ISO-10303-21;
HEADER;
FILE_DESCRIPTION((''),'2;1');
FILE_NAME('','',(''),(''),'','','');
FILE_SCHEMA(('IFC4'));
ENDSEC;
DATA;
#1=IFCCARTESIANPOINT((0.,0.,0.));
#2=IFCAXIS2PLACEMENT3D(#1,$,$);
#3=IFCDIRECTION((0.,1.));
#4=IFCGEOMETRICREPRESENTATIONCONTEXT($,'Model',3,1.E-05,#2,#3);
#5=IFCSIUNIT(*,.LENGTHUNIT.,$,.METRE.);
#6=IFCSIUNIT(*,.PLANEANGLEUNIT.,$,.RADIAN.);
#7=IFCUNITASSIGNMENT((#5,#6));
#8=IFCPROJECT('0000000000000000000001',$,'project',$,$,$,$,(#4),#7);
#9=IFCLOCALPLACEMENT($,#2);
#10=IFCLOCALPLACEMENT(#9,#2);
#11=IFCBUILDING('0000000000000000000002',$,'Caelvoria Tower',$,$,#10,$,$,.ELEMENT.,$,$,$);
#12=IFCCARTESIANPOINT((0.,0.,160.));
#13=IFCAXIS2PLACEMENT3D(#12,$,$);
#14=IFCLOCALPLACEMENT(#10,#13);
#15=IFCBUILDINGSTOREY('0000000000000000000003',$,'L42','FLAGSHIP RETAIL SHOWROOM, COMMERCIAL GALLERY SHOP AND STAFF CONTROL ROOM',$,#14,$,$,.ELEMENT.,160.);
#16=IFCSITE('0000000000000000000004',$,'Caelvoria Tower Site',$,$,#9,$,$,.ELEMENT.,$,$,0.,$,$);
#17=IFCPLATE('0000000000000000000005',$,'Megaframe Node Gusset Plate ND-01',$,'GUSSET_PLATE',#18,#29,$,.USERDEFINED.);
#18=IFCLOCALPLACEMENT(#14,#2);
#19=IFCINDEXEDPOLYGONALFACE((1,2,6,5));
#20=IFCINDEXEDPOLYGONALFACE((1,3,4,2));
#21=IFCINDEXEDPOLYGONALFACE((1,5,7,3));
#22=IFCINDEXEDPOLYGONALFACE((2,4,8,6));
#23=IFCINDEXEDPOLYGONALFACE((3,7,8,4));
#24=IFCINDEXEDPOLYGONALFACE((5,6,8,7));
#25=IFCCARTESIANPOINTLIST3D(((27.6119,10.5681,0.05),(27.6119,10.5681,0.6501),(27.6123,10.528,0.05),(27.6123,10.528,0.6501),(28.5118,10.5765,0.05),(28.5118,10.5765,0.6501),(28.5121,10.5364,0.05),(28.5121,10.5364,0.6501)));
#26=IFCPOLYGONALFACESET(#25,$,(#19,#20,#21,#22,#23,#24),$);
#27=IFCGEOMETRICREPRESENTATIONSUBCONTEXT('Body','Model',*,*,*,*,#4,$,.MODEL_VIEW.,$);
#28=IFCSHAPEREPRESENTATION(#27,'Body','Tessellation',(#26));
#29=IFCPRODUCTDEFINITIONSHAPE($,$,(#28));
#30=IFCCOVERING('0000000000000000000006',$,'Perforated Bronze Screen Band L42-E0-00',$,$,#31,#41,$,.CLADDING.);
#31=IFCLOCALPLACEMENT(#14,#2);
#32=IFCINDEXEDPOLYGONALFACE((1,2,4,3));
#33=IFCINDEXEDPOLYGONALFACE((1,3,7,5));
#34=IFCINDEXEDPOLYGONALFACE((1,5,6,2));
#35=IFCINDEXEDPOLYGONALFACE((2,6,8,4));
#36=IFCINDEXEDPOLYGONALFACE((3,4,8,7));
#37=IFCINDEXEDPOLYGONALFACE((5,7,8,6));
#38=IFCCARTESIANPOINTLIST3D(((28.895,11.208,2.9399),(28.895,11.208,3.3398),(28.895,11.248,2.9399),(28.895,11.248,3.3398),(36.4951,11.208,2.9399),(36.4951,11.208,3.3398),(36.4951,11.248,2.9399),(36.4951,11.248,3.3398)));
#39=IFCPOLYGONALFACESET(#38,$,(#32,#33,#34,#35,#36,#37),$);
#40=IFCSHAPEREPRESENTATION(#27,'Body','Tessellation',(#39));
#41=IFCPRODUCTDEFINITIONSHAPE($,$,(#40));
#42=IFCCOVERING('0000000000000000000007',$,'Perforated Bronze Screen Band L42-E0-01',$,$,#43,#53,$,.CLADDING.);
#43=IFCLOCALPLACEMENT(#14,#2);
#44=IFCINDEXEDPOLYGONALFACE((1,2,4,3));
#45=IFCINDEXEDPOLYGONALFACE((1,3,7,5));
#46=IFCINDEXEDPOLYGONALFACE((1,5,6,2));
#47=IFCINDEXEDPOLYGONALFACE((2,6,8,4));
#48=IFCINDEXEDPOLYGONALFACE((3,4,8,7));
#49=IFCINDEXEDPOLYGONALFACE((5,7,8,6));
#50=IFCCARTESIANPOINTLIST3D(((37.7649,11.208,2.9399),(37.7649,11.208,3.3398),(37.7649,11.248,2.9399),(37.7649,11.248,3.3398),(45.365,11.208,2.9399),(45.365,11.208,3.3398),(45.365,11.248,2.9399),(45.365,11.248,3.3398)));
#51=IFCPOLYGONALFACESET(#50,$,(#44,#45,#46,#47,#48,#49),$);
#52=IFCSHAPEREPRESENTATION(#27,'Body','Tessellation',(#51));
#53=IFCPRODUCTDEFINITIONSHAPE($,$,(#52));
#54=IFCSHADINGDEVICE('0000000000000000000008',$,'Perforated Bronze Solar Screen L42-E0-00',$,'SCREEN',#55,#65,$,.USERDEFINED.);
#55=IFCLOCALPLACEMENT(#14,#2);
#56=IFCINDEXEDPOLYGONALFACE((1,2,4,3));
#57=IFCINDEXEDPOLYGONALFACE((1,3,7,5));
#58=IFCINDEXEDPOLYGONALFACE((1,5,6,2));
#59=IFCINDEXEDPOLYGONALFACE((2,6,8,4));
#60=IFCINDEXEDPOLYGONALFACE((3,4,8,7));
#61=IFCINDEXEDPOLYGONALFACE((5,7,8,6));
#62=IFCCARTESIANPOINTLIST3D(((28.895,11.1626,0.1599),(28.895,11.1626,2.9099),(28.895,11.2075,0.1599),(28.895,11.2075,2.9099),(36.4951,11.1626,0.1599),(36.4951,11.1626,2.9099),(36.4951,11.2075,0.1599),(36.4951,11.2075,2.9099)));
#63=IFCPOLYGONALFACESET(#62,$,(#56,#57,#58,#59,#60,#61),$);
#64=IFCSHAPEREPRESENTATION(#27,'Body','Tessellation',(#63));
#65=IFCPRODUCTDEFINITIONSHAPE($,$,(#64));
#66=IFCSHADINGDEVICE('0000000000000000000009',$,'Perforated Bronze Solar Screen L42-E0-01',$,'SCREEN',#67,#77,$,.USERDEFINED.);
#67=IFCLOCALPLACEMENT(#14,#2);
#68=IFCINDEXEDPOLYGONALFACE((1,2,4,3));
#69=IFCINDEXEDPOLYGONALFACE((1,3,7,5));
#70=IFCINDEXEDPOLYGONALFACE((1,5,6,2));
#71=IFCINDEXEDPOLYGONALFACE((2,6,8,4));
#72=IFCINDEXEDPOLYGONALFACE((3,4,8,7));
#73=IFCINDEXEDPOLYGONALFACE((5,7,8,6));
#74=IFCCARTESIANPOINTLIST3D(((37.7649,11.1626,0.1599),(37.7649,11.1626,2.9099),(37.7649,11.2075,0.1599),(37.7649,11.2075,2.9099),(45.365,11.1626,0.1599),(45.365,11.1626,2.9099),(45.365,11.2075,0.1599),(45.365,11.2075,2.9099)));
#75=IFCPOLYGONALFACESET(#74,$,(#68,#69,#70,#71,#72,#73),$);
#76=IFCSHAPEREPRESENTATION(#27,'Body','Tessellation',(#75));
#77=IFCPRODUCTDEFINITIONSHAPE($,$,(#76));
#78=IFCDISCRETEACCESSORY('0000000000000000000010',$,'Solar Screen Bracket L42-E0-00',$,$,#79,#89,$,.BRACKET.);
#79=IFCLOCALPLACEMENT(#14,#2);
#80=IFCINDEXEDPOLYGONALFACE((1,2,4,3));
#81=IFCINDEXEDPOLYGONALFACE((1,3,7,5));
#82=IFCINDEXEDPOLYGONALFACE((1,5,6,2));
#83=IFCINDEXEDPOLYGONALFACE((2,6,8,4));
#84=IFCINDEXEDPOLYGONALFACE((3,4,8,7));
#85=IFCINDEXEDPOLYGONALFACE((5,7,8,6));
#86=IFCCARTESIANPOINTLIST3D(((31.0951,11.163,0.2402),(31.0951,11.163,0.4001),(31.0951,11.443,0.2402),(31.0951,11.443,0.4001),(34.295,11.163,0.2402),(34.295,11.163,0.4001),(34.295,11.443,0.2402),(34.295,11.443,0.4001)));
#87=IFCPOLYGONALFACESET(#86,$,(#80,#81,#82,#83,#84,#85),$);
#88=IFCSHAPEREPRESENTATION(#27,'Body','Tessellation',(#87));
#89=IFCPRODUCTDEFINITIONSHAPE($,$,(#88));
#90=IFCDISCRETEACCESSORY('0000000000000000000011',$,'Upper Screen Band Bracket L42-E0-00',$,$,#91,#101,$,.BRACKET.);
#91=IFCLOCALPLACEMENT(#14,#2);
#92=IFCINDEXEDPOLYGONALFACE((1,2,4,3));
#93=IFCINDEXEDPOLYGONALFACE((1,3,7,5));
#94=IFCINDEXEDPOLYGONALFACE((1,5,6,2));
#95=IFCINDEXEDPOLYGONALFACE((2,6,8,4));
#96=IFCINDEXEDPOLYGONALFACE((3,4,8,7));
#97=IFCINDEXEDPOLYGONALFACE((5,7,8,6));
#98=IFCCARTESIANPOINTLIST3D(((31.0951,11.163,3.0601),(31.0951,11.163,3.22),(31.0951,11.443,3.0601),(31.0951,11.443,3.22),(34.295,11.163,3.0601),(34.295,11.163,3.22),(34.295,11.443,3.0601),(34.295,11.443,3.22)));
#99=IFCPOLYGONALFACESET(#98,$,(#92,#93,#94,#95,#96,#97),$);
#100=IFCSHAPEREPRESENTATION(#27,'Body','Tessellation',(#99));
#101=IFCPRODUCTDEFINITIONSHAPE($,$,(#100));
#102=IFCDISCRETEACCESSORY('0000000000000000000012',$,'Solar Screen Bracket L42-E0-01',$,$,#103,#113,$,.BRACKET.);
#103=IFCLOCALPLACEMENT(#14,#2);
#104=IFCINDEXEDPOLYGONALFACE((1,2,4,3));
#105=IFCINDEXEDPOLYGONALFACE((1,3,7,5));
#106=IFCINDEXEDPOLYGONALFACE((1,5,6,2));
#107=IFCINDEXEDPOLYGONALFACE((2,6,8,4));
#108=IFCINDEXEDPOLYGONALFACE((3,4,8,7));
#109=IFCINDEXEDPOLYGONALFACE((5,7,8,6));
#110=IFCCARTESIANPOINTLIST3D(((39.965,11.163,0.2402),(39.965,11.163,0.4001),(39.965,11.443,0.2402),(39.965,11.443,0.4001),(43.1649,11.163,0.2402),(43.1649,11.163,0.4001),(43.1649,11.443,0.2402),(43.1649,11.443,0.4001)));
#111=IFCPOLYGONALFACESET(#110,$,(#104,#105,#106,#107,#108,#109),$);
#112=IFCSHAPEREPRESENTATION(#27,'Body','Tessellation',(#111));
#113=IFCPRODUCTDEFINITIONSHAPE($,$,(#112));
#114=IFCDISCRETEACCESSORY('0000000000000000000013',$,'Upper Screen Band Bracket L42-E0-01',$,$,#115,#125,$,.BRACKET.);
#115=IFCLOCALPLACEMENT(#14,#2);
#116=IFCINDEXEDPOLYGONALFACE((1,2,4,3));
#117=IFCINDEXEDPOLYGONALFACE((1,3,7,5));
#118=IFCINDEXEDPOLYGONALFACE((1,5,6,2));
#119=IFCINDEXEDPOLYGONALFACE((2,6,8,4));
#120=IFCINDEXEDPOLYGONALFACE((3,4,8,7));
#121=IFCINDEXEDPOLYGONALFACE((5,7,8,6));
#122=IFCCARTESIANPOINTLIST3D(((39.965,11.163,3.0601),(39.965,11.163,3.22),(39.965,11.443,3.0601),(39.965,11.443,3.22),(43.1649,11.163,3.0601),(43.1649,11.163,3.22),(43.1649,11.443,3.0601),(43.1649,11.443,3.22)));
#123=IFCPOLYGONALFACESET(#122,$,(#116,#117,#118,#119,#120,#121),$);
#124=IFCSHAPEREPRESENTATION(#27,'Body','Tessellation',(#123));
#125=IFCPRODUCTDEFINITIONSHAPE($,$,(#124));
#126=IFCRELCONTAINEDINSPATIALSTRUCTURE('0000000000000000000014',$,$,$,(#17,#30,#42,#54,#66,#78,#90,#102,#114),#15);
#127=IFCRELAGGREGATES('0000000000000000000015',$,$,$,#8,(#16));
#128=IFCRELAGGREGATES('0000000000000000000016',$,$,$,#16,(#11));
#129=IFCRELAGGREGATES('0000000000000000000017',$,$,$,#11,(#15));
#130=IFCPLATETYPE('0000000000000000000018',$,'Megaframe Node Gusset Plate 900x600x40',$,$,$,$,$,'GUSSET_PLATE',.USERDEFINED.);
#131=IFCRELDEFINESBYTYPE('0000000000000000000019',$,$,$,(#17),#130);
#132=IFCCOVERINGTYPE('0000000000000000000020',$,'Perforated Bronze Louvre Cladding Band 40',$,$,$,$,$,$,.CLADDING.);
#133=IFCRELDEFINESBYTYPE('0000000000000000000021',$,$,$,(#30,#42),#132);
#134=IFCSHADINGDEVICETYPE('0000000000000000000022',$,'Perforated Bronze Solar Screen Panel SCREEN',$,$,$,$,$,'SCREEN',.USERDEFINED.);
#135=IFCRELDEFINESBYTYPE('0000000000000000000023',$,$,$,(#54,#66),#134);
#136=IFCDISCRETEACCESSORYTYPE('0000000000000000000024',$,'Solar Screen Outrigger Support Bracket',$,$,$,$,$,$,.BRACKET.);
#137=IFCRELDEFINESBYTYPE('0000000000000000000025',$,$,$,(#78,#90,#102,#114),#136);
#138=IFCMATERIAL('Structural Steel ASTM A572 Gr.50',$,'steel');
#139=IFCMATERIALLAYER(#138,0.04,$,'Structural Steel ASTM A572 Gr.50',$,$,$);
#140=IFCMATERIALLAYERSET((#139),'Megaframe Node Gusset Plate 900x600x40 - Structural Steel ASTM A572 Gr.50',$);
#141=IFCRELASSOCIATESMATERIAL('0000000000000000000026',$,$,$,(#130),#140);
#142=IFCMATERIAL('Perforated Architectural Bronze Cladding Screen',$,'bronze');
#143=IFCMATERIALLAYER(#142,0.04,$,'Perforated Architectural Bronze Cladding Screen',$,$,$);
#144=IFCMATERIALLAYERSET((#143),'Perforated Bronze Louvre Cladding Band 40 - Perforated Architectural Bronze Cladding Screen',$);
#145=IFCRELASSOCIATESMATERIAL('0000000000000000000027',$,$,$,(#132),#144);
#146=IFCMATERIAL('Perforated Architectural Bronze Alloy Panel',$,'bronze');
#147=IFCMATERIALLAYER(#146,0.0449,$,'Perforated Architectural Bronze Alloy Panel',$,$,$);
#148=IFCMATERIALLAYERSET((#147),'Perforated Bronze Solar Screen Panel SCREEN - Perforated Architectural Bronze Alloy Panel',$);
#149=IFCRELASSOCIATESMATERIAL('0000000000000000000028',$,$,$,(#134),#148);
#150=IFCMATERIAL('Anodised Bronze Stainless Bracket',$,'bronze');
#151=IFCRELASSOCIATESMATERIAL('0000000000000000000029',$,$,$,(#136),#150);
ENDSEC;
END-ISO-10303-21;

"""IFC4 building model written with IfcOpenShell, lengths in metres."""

from ifc_helpers import new_model, si_unit, direction, frame, origin, origin_2d, place, context, subcontext, project, spatial, rectangle, extrude, material, layer, layer_set, type_object, element, save


model = new_model("IFC4")

# Units and contexts
model_context = context("Model", 3, precision=1e-05, world=origin(), true_north=direction((0.0, 1.0)))
body_context = subcontext(model_context, "Body", "Model", "MODEL_VIEW")
ifc_project = project(units=[si_unit("LENGTHUNIT", "METRE"), si_unit("PLANEANGLEUNIT", "RADIAN")], contexts=[model_context])

# Site, building, storey
site_placement = place(None, origin())
site = spatial("IfcSite", under=ifc_project, at=site_placement, Name="Caelvoria Tower Site", CompositionType="ELEMENT", RefElevation=0.0)
building_placement = place(site_placement, origin())
building = spatial("IfcBuilding", under=site, at=building_placement, Name="Caelvoria Tower", CompositionType="ELEMENT")
storey_placement = place(building_placement, frame((0.0, 0.0, 160.0)))
storey = spatial("IfcBuildingStorey", under=building, at=storey_placement, Name="L42", Description="FLAGSHIP RETAIL SHOWROOM, COMMERCIAL GALLERY SHOP AND STAFF CONTROL ROOM", CompositionType="ELEMENT", Elevation=160.0)

# Shared definitions
ifc_material_1 = material(Name="Structural Steel ASTM A572 Gr.50", Category="steel")

# Plate
ifc_layer_1 = layer(ifc_material_1, 0.04, Name="Structural Steel ASTM A572 Gr.50")
ifc_layer_set_1 = layer_set([ifc_layer_1], Name="Megaframe Node Gusset Plate 900x600x40 - Structural Steel ASTM A572 Gr.50")
plate_type = type_object("IfcPlateType", Name="Megaframe Node Gusset Plate 900x600x40", ElementType="GUSSET_PLATE", PredefinedType="USERDEFINED", material=ifc_layer_set_1)
plate_placement = place(storey_placement, frame((28.062, 10.5522, 0.05), z_axis=(0.0, 0.0, 1.0), x_axis=(0.999956, 0.009348, 0.0)))
element("IfcPlate", 1, at=plate_placement, inside=storey, type_object=plate_type, Name="Megaframe Node Gusset Plate ND-01", ObjectType="GUSSET_PLATE", PredefinedType="USERDEFINED", context=body_context, shape_type="SweptSolid", body=[
    extrude(rectangle(XDim=0.8999, YDim=0.04, at=origin_2d()), origin(), (0.0, 0.0, 1.0), 0.6001),
])

# Coverings
ifc_material_2 = material(Name="Perforated Architectural Bronze Cladding Screen", Category="bronze")
ifc_layer_2 = layer(ifc_material_2, 0.04, Name="Perforated Architectural Bronze Cladding Screen")
ifc_layer_set_2 = layer_set([ifc_layer_2], Name="Perforated Bronze Louvre Cladding Band 40 - Perforated Architectural Bronze Cladding Screen")
covering_type = type_object("IfcCoveringType", Name="Perforated Bronze Louvre Cladding Band 40", PredefinedType="CLADDING", material=ifc_layer_set_2)
for number, where, z_axis, x_axis, name in (
    (2, (32.6951, 11.228, 2.9399), (0.0, 0.0, 1.0), (1.0, 0.0, 0.0), "Perforated Bronze Screen Band L42-E0-00"),
    (3, (41.5649, 11.228, 2.9399), (0.0, 0.0, 1.0), (1.0, 0.0, 0.0), "Perforated Bronze Screen Band L42-E0-01"),
):
    element("IfcCovering", number, at=place(storey_placement, frame(where, z_axis=z_axis, x_axis=x_axis)), inside=storey, type_object=covering_type, Name=name, PredefinedType="CLADDING", context=body_context, shape_type="SweptSolid", body=[
        extrude(rectangle(XDim=7.6001, YDim=0.04, at=origin_2d()), origin(), (0.0, 0.0, 1.0), 0.3999),
    ])

# Shading devices
ifc_material_3 = material(Name="Perforated Architectural Bronze Alloy Panel", Category="bronze")
ifc_layer_3 = layer(ifc_material_3, 0.0449, Name="Perforated Architectural Bronze Alloy Panel")
ifc_layer_set_3 = layer_set([ifc_layer_3], Name="Perforated Bronze Solar Screen Panel SCREEN - Perforated Architectural Bronze Alloy Panel")
shading_device_type = type_object("IfcShadingDeviceType", Name="Perforated Bronze Solar Screen Panel SCREEN", ElementType="SCREEN", PredefinedType="USERDEFINED", material=ifc_layer_set_3)
for number, where, z_axis, x_axis, name in (
    (4, (32.6951, 11.1851, 0.1599), (0.0, 0.0, 1.0), (1.0, 0.0, 0.0), "Perforated Bronze Solar Screen L42-E0-00"),
    (5, (41.5649, 11.1851, 0.1599), (0.0, 0.0, 1.0), (1.0, 0.0, 0.0), "Perforated Bronze Solar Screen L42-E0-01"),
):
    element("IfcShadingDevice", number, at=place(storey_placement, frame(where, z_axis=z_axis, x_axis=x_axis)), inside=storey, type_object=shading_device_type, Name=name, ObjectType="SCREEN", PredefinedType="USERDEFINED", context=body_context, shape_type="SweptSolid", body=[
        extrude(rectangle(XDim=7.6001, YDim=0.0449, at=origin_2d()), origin(), (0.0, 0.0, 1.0), 2.75),
    ])

# Discrete accessories
ifc_material_4 = material(Name="Anodised Bronze Stainless Bracket", Category="bronze")
discrete_accessory_type = type_object("IfcDiscreteAccessoryType", Name="Solar Screen Outrigger Support Bracket", PredefinedType="BRACKET", material=ifc_material_4)
for number, where, z_axis, x_axis, name in (
    (6, (32.6951, 11.303, 0.2402), (0.0, 0.0, 1.0), (1.0, 0.0, 0.0), "Solar Screen Bracket L42-E0-00"),
    (7, (32.6951, 11.303, 3.0601), (0.0, 0.0, 1.0), (1.0, 0.0, 0.0), "Upper Screen Band Bracket L42-E0-00"),
    (8, (41.5649, 11.303, 0.2402), (0.0, 0.0, 1.0), (1.0, 0.0, 0.0), "Solar Screen Bracket L42-E0-01"),
    (9, (41.5649, 11.303, 3.0601), (0.0, 0.0, 1.0), (1.0, 0.0, 0.0), "Upper Screen Band Bracket L42-E0-01"),
):
    element("IfcDiscreteAccessory", number, at=place(storey_placement, frame(where, z_axis=z_axis, x_axis=x_axis)), inside=storey, type_object=discrete_accessory_type, Name=name, PredefinedType="BRACKET", context=body_context, shape_type="SweptSolid", body=[
        extrude(rectangle(XDim=3.2, YDim=0.28, at=origin_2d()), origin(), (0.0, 0.0, 1.0), 0.1599),
    ])

save(model, "model.ifc")
